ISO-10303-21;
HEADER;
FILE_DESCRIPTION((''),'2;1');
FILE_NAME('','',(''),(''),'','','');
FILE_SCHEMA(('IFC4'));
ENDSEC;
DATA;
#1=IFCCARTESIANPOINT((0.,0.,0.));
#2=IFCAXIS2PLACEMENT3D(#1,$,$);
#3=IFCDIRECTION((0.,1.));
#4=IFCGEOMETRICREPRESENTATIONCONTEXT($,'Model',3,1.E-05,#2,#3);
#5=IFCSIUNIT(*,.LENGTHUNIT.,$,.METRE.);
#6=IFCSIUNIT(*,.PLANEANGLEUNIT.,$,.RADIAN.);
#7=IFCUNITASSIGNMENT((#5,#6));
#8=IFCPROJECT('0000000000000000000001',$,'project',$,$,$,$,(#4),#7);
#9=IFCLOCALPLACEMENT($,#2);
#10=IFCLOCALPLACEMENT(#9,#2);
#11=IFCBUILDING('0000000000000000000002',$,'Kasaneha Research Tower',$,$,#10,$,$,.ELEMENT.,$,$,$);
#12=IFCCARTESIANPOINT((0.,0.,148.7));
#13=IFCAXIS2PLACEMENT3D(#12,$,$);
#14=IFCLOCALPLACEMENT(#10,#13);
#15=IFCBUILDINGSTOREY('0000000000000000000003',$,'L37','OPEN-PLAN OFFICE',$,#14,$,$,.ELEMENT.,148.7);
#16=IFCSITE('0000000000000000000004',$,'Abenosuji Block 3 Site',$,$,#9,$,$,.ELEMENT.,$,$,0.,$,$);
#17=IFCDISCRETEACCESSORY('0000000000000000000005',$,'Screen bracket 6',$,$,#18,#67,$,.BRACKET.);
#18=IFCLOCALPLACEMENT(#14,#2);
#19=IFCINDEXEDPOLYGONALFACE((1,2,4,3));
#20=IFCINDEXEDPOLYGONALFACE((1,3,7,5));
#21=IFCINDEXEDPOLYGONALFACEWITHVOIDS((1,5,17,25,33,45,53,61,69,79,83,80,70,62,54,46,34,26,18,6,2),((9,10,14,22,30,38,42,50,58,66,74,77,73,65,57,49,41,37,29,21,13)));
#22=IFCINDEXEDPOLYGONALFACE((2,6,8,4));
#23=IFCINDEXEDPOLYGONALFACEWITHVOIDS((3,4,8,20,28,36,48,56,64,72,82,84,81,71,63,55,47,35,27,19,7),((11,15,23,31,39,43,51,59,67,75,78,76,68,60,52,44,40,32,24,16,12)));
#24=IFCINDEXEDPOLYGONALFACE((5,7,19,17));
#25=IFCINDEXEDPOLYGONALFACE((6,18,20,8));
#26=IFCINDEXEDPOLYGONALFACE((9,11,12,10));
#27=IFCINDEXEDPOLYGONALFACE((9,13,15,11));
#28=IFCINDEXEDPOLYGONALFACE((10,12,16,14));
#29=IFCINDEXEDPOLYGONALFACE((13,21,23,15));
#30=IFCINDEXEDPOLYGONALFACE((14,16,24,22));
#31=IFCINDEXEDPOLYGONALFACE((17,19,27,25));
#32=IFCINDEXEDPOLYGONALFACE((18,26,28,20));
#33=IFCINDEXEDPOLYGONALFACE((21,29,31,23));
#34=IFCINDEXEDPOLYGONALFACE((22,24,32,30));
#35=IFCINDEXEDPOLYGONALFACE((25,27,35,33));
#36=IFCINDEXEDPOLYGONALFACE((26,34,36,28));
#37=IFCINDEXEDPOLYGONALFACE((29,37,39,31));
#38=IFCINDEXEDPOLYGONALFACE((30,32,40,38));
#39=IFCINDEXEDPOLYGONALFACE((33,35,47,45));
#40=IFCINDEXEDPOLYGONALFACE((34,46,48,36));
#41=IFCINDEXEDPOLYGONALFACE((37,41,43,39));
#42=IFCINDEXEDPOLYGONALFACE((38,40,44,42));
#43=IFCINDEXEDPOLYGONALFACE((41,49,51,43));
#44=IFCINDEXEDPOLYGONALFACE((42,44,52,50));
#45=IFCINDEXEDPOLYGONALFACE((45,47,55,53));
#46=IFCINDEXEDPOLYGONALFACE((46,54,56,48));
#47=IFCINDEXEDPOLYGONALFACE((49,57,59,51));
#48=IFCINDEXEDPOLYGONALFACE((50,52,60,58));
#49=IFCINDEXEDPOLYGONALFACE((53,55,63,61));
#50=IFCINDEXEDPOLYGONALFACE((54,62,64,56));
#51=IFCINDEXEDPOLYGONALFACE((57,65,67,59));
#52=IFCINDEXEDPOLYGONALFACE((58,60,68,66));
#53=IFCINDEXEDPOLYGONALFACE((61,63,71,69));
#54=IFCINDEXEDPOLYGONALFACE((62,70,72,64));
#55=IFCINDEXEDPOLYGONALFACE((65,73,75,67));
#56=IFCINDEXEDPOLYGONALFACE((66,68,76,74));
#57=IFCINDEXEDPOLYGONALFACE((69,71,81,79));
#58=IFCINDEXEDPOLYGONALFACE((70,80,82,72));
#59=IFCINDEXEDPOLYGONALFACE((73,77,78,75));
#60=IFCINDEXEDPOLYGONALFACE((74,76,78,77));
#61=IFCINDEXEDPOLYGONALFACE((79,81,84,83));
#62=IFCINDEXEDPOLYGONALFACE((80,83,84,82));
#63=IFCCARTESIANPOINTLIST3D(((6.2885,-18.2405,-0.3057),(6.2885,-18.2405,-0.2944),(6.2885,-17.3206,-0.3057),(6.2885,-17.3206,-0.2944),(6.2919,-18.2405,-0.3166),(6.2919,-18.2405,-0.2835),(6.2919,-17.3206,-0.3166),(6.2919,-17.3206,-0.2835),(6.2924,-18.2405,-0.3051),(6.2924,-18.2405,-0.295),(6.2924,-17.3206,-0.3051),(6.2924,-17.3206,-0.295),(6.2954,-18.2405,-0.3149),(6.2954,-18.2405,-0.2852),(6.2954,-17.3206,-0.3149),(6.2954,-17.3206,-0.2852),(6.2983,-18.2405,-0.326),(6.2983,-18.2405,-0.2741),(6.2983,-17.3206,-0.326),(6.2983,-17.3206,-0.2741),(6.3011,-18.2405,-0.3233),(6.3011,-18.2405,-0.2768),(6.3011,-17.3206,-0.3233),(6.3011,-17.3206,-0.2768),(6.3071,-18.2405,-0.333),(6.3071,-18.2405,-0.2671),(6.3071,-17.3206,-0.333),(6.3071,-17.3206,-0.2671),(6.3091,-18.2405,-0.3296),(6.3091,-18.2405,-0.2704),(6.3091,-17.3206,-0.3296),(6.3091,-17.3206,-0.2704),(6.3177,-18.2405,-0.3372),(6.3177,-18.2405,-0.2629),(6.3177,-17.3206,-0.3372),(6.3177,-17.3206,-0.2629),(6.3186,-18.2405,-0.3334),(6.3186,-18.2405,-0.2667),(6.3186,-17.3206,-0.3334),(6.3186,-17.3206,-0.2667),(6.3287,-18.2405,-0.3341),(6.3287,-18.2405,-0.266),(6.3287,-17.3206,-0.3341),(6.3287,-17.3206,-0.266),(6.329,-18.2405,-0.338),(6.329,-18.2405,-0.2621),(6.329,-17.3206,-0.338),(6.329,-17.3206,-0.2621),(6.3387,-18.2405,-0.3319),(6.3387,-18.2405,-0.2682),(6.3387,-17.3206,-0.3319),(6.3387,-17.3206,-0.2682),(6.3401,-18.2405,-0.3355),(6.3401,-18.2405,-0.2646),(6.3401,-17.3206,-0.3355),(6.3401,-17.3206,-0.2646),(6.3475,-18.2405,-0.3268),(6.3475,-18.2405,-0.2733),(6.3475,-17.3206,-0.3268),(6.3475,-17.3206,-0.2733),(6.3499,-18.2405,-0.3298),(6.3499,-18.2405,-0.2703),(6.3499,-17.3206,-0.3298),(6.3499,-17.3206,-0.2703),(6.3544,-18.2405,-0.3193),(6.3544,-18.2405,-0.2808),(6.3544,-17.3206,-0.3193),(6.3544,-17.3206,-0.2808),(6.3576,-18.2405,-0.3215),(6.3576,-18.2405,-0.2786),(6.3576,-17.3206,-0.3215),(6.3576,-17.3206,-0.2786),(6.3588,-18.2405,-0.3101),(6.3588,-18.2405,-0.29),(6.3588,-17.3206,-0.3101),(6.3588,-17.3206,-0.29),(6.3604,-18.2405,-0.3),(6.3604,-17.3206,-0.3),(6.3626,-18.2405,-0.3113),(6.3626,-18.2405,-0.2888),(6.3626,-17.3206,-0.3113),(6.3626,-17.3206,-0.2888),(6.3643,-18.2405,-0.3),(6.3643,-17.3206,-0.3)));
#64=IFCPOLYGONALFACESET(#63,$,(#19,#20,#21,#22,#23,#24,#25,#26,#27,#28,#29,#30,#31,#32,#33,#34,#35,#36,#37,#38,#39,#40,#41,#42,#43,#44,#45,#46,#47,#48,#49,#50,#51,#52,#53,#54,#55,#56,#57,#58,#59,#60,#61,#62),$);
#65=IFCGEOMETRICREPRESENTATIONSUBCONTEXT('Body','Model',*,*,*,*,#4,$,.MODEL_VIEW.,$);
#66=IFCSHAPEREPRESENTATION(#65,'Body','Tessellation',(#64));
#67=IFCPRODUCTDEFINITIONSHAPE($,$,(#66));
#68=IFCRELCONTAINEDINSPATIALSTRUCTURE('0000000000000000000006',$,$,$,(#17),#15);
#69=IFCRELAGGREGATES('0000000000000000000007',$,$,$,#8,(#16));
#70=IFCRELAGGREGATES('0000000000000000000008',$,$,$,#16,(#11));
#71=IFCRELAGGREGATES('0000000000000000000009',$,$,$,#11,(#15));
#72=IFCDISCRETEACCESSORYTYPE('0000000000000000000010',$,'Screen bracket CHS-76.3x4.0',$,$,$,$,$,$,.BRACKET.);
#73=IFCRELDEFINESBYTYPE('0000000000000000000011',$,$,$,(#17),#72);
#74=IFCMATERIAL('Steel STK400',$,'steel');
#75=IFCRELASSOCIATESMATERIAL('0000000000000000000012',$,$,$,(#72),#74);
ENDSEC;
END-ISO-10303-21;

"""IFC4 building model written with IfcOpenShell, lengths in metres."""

from ifc_helpers import new_model, si_unit, direction, frame, origin, origin_2d, place, context, subcontext, project, spatial, hollow_circle, extrude, material, material_profile, profile_set, type_object, element, save


model = new_model("IFC4")

# Units and contexts
model_context = context("Model", 3, precision=1e-05, world=origin(), true_north=direction((0.0, 1.0)))
body_context = subcontext(model_context, "Body", "Model", "MODEL_VIEW")
ifc_project = project(units=[si_unit("LENGTHUNIT", "METRE"), si_unit("PLANEANGLEUNIT", "RADIAN")], contexts=[model_context])

# Site, building, storey
site_placement = place(None, origin())
site = spatial("IfcSite", under=ifc_project, at=site_placement, Name="Abenosuji Block 3 Site", CompositionType="ELEMENT", RefElevation=0.0)
building_placement = place(site_placement, origin())
building = spatial("IfcBuilding", under=site, at=building_placement, Name="Kasaneha Research Tower", CompositionType="ELEMENT")
storey_placement = place(building_placement, frame((0.0, 0.0, 148.7)))
storey = spatial("IfcBuildingStorey", under=building, at=storey_placement, Name="L37", Description="OPEN-PLAN OFFICE", CompositionType="ELEMENT", Elevation=148.7)

# Discrete accessory
ifc_material_1 = material(Name="Steel STK400", Category="steel")
ifc_material_profile_1 = material_profile(ifc_material_1, hollow_circle(Radius=0.0381, WallThickness=0.0039, at=origin_2d()), Name="CHS-76.3x4.0")
ifc_profile_set_1 = profile_set([ifc_material_profile_1], Name="Steel STK400")
discrete_accessory_type = type_object("IfcDiscreteAccessoryType", Name="Screen bracket CHS-76.3x4.0", PredefinedType="BRACKET", material=ifc_profile_set_1)
for number, where, z_axis, x_axis, name in (
    (1, (6.3262, -17.3206, -0.3), (0.0, -1.0, 0.0), (1.0, 0.0, 0.0), "Screen bracket 6"),
):
    element("IfcDiscreteAccessory", number, at=place(storey_placement, frame(where, z_axis=z_axis, x_axis=x_axis)), inside=storey, type_object=discrete_accessory_type, Name=name, PredefinedType="BRACKET", context=body_context, shape_type="SweptSolid", body=[
        extrude(hollow_circle(Radius=0.0381, WallThickness=0.0039, at=origin_2d()), origin(), (0.0, 0.0, 1.0), 0.9199),
    ])

save(model, "model.ifc")
